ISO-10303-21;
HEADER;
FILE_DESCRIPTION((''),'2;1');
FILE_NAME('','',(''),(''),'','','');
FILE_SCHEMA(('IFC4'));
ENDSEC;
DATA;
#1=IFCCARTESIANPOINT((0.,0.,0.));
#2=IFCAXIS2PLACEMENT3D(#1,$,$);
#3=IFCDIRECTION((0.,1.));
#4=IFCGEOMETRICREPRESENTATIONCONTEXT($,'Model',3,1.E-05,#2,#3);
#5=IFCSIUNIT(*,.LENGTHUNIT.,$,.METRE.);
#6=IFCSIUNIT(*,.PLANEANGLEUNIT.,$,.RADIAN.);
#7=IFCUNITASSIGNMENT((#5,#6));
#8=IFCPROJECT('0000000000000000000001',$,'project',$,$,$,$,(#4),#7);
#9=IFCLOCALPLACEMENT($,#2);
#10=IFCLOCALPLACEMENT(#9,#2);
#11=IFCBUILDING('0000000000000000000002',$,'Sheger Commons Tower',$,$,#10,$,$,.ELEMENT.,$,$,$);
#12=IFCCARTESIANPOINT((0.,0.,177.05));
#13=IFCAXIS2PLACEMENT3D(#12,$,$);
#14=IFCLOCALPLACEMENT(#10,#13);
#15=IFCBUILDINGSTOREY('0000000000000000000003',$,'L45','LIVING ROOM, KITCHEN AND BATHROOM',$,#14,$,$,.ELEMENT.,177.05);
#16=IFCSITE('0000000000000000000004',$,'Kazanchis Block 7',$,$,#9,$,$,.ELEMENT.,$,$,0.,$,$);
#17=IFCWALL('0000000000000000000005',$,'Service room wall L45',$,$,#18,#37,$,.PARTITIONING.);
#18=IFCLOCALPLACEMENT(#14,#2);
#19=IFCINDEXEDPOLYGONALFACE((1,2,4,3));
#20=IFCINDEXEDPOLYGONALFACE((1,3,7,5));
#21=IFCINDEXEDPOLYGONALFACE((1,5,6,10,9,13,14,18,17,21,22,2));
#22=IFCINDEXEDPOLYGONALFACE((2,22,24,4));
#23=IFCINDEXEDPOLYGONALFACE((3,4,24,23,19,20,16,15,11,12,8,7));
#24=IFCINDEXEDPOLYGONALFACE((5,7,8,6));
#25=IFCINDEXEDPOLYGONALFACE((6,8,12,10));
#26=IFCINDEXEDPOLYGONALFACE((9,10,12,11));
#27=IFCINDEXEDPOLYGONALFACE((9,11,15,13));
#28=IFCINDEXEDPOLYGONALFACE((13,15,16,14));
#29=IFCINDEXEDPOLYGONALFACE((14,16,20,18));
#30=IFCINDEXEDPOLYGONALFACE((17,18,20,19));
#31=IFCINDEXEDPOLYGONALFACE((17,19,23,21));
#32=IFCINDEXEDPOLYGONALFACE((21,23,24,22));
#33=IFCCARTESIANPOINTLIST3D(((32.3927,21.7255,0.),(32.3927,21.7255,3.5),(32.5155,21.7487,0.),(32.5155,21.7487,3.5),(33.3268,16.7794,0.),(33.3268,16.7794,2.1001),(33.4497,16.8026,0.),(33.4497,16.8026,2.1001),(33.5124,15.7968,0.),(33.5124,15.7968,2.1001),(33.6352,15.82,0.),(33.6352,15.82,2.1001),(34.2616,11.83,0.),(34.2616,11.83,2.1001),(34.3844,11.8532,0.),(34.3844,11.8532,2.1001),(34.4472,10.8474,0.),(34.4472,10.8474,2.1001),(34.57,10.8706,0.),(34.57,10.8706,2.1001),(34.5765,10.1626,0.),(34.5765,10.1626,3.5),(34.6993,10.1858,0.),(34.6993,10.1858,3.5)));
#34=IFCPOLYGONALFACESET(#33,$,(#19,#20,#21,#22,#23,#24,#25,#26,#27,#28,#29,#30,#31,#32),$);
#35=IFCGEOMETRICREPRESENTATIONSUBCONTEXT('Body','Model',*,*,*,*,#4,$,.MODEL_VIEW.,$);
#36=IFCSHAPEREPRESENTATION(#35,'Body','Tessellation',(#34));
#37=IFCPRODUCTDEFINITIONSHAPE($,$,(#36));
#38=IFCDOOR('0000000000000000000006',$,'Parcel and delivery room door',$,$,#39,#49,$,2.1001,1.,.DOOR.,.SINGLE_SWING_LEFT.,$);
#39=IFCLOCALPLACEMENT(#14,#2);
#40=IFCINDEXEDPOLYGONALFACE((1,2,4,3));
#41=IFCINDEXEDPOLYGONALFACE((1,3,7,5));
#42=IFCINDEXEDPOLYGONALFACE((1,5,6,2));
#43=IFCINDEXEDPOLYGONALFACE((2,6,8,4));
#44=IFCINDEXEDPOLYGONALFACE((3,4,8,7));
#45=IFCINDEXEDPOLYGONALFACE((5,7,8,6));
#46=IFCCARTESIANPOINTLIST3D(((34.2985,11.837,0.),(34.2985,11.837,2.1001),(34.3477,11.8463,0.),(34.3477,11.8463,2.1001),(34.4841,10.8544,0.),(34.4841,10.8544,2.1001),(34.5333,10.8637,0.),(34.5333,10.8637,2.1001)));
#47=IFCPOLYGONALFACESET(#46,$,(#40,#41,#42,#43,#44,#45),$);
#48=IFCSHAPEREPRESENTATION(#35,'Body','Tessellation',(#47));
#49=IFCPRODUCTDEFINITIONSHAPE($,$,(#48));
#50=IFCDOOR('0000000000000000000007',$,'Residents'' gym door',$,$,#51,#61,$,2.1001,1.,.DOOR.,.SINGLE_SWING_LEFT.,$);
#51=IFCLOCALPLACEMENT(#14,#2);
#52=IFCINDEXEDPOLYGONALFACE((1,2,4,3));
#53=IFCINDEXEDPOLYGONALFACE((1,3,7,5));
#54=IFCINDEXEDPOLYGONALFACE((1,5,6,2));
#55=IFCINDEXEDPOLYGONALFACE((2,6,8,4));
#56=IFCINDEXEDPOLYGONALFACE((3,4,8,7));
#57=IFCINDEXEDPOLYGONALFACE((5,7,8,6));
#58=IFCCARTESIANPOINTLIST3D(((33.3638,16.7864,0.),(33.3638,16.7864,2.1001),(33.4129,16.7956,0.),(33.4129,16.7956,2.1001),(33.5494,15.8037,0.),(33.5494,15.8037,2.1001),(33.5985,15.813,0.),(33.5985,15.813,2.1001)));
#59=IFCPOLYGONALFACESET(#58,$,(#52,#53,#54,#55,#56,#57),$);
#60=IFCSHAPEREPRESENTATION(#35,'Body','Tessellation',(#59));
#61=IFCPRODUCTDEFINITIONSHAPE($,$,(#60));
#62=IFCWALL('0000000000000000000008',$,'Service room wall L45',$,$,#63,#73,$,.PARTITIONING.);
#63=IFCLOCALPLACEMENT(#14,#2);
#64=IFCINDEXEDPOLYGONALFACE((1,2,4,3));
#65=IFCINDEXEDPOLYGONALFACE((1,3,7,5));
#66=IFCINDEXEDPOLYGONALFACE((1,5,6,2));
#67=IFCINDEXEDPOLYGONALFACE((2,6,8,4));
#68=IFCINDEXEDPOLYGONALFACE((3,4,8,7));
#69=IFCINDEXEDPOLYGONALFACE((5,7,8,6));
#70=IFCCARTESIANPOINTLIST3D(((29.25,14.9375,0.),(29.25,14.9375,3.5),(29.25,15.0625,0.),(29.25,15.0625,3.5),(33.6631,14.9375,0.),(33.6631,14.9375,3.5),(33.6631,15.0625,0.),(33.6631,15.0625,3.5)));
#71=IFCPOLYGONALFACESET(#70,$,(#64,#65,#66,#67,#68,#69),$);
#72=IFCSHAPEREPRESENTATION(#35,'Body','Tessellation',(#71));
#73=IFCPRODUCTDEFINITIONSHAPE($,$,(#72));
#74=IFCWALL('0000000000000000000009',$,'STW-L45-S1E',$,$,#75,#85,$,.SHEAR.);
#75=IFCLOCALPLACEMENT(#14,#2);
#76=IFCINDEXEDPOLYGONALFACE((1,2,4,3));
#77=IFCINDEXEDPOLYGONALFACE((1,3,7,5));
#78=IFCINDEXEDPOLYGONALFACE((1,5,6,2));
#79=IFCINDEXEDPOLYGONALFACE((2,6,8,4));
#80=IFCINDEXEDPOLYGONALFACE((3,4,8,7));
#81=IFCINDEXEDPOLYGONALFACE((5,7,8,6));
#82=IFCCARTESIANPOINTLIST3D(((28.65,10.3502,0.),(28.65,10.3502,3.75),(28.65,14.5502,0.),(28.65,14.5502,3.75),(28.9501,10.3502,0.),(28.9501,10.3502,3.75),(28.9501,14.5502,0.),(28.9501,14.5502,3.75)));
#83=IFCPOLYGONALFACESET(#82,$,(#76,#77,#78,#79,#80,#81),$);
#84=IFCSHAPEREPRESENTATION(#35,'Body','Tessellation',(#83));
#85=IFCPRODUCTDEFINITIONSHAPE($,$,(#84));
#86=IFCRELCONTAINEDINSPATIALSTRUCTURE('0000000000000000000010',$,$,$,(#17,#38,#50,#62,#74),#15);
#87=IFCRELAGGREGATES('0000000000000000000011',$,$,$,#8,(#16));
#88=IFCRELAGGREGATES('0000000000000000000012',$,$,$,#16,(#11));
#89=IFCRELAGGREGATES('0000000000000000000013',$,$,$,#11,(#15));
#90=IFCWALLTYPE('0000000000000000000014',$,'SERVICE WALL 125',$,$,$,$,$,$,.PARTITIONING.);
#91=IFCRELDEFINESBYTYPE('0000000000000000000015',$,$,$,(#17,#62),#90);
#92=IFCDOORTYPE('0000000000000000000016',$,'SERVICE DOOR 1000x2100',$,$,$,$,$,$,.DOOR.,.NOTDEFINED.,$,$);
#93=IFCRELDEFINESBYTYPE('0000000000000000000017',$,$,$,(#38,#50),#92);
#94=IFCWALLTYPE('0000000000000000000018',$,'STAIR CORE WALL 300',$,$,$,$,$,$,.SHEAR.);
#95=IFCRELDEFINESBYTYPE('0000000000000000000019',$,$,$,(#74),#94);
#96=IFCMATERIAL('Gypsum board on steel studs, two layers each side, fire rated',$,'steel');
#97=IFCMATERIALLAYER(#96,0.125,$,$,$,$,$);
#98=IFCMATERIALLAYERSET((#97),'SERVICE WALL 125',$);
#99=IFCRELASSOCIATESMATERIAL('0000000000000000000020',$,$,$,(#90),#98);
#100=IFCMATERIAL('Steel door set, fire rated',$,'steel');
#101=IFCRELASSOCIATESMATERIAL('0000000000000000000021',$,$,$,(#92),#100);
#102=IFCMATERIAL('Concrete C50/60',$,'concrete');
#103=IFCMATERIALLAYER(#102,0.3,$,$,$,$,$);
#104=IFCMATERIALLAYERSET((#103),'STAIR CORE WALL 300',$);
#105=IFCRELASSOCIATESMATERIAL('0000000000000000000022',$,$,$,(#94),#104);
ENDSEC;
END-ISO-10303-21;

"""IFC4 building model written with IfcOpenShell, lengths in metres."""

from ifc_helpers import new_model, si_unit, direction, frame, frame_2d, origin, place, context, subcontext, project, spatial, rectangle, extrude, material, layer, layer_set, type_object, element, fill, save


model = new_model("IFC4")

# Units and contexts
model_context = context("Model", 3, precision=1e-05, world=origin(), true_north=direction((0.0, 1.0)))
body_context = subcontext(model_context, "Body", "Model", "MODEL_VIEW")
ifc_project = project(units=[si_unit("LENGTHUNIT", "METRE"), si_unit("PLANEANGLEUNIT", "RADIAN")], contexts=[model_context])

# Site, building, storey
site_placement = place(None, origin())
site = spatial("IfcSite", under=ifc_project, at=site_placement, Name="Kazanchis Block 7", CompositionType="ELEMENT", RefElevation=0.0)
building_placement = place(site_placement, origin())
building = spatial("IfcBuilding", under=site, at=building_placement, Name="Sheger Commons Tower", CompositionType="ELEMENT")
storey_placement = place(building_placement, frame((0.0, 0.0, 177.05)))
storey = spatial("IfcBuildingStorey", under=building, at=storey_placement, Name="L45", Description="LIVING ROOM, KITCHEN AND BATHROOM", CompositionType="ELEMENT", Elevation=177.05)

# Shared definitions
ifc_material_1 = material(Name="Gypsum board on steel studs, two layers each side, fire rated", Category="steel")
ifc_layer_1 = layer(ifc_material_1, 0.125)
ifc_layer_set_1 = layer_set([ifc_layer_1], Name="SERVICE WALL 125")
wall_type_1 = type_object("IfcWallType", Name="SERVICE WALL 125", PredefinedType="PARTITIONING", material=ifc_layer_set_1)

# Wall, openings, doors
wall_1_placement = place(storey_placement, frame((34.6379, 10.1741, 0.0), z_axis=(0.0, 0.0, 1.0), x_axis=(-0.185584, 0.982628, 0.0)))
wall_1 = element("IfcWall", 1, at=wall_1_placement, inside=storey, type_object=wall_type_1, Name="Service room wall L45", PredefinedType="PARTITIONING", context=body_context, shape_type="SweptSolid", body=[
    extrude(rectangle(XDim=11.7673, YDim=0.125, at=frame_2d((5.8838, 0.0))), origin(), (0.0, 0.0, 1.0), 3.5),
])
opening_1_placement = place(wall_1_placement, frame((0.697, 0.0, 0.0)))
opening_1 = element("IfcOpeningElement", 2, at=opening_1_placement, cuts=wall_1, PredefinedType="OPENING", context=body_context, shape_type="SweptSolid", body=[
    extrude(rectangle(XDim=1.0, YDim=2.1001, at=frame_2d((0.5, 1.05))), frame((0.0, 0.0725, 0.0), z_axis=(0.0, -1.0, 0.0), x_axis=(1.0, 0.0, 0.0)), (0.0, 0.0, 1.0), 0.145),
])
opening_2_placement = place(wall_1_placement, frame((5.7339, 0.0, 0.0)))
opening_2 = element("IfcOpeningElement", 3, at=opening_2_placement, cuts=wall_1, PredefinedType="OPENING", context=body_context, shape_type="SweptSolid", body=[
    extrude(rectangle(XDim=1.0, YDim=2.1001, at=frame_2d((0.5, 1.05))), frame((0.0, 0.0725, 0.0), z_axis=(0.0, -1.0, 0.0), x_axis=(1.0, 0.0, 0.0)), (0.0, 0.0, 1.0), 0.145),
])
ifc_material_2 = material(Name="Steel door set, fire rated", Category="steel")
door_type_1 = type_object("IfcDoorType", Name="SERVICE DOOR 1000x2100", OperationType="NOTDEFINED", PredefinedType="DOOR", material=ifc_material_2)
door_1_placement = place(opening_1_placement, origin())
door_1 = element("IfcDoor", 4, at=door_1_placement, inside=storey, type_object=door_type_1, Name="Parcel and delivery room door", OperationType="SINGLE_SWING_LEFT", OverallHeight=2.1001, OverallWidth=1.0, PredefinedType="DOOR", context=body_context, shape_type="SweptSolid", body=[
    extrude(rectangle(XDim=1.0, YDim=2.1001, at=frame_2d((0.5, 1.05))), frame((0.0, 0.0249, 0.0), z_axis=(0.0, -1.0, 0.0), x_axis=(1.0, 0.0, 0.0)), (0.0, 0.0, 1.0), 0.05),
])
fill(opening_1, door_1)
door_2_placement = place(opening_2_placement, origin())
door_2 = element("IfcDoor", 5, at=door_2_placement, inside=storey, type_object=door_type_1, Name="Residents' gym door", OperationType="SINGLE_SWING_LEFT", OverallHeight=2.1001, OverallWidth=1.0, PredefinedType="DOOR", context=body_context, shape_type="SweptSolid", body=[
    extrude(rectangle(XDim=1.0, YDim=2.1001, at=frame_2d((0.5, 1.05))), frame((0.0, 0.0249, 0.0), z_axis=(0.0, -1.0, 0.0), x_axis=(1.0, 0.0, 0.0)), (0.0, 0.0, 1.0), 0.05),
])
fill(opening_2, door_2)

# Walls
wall_2_placement = place(storey_placement, frame((29.25, 15.0, 0.0), z_axis=(0.0, 0.0, 1.0), x_axis=(1.0, 0.0, 0.0)))
element("IfcWall", 6, at=wall_2_placement, inside=storey, type_object=wall_type_1, Name="Service room wall L45", PredefinedType="PARTITIONING", context=body_context, shape_type="SweptSolid", body=[
    extrude(rectangle(XDim=4.4131, YDim=0.125, at=frame_2d((2.2065, 0.0))), origin(), (0.0, 0.0, 1.0), 3.5),
])
ifc_material_3 = material(Name="Concrete C50/60", Category="concrete")
ifc_layer_2 = layer(ifc_material_3, 0.3)
ifc_layer_set_2 = layer_set([ifc_layer_2], Name="STAIR CORE WALL 300")
wall_type_2 = type_object("IfcWallType", Name="STAIR CORE WALL 300", PredefinedType="SHEAR", material=ifc_layer_set_2)
wall_3_placement = place(storey_placement, frame((28.8, 10.3501, 0.0), z_axis=(0.0, 0.0, 1.0), x_axis=(0.0, 1.0, 0.0)))
element("IfcWall", 7, at=wall_3_placement, inside=storey, type_object=wall_type_2, Name="STW-L45-S1E", PredefinedType="SHEAR", context=body_context, shape_type="SweptSolid", body=[
    extrude(rectangle(XDim=4.2, YDim=0.3, at=frame_2d((2.1001, 0.0))), origin(), (0.0, 0.0, 1.0), 3.75),
])

save(model, "model.ifc")
